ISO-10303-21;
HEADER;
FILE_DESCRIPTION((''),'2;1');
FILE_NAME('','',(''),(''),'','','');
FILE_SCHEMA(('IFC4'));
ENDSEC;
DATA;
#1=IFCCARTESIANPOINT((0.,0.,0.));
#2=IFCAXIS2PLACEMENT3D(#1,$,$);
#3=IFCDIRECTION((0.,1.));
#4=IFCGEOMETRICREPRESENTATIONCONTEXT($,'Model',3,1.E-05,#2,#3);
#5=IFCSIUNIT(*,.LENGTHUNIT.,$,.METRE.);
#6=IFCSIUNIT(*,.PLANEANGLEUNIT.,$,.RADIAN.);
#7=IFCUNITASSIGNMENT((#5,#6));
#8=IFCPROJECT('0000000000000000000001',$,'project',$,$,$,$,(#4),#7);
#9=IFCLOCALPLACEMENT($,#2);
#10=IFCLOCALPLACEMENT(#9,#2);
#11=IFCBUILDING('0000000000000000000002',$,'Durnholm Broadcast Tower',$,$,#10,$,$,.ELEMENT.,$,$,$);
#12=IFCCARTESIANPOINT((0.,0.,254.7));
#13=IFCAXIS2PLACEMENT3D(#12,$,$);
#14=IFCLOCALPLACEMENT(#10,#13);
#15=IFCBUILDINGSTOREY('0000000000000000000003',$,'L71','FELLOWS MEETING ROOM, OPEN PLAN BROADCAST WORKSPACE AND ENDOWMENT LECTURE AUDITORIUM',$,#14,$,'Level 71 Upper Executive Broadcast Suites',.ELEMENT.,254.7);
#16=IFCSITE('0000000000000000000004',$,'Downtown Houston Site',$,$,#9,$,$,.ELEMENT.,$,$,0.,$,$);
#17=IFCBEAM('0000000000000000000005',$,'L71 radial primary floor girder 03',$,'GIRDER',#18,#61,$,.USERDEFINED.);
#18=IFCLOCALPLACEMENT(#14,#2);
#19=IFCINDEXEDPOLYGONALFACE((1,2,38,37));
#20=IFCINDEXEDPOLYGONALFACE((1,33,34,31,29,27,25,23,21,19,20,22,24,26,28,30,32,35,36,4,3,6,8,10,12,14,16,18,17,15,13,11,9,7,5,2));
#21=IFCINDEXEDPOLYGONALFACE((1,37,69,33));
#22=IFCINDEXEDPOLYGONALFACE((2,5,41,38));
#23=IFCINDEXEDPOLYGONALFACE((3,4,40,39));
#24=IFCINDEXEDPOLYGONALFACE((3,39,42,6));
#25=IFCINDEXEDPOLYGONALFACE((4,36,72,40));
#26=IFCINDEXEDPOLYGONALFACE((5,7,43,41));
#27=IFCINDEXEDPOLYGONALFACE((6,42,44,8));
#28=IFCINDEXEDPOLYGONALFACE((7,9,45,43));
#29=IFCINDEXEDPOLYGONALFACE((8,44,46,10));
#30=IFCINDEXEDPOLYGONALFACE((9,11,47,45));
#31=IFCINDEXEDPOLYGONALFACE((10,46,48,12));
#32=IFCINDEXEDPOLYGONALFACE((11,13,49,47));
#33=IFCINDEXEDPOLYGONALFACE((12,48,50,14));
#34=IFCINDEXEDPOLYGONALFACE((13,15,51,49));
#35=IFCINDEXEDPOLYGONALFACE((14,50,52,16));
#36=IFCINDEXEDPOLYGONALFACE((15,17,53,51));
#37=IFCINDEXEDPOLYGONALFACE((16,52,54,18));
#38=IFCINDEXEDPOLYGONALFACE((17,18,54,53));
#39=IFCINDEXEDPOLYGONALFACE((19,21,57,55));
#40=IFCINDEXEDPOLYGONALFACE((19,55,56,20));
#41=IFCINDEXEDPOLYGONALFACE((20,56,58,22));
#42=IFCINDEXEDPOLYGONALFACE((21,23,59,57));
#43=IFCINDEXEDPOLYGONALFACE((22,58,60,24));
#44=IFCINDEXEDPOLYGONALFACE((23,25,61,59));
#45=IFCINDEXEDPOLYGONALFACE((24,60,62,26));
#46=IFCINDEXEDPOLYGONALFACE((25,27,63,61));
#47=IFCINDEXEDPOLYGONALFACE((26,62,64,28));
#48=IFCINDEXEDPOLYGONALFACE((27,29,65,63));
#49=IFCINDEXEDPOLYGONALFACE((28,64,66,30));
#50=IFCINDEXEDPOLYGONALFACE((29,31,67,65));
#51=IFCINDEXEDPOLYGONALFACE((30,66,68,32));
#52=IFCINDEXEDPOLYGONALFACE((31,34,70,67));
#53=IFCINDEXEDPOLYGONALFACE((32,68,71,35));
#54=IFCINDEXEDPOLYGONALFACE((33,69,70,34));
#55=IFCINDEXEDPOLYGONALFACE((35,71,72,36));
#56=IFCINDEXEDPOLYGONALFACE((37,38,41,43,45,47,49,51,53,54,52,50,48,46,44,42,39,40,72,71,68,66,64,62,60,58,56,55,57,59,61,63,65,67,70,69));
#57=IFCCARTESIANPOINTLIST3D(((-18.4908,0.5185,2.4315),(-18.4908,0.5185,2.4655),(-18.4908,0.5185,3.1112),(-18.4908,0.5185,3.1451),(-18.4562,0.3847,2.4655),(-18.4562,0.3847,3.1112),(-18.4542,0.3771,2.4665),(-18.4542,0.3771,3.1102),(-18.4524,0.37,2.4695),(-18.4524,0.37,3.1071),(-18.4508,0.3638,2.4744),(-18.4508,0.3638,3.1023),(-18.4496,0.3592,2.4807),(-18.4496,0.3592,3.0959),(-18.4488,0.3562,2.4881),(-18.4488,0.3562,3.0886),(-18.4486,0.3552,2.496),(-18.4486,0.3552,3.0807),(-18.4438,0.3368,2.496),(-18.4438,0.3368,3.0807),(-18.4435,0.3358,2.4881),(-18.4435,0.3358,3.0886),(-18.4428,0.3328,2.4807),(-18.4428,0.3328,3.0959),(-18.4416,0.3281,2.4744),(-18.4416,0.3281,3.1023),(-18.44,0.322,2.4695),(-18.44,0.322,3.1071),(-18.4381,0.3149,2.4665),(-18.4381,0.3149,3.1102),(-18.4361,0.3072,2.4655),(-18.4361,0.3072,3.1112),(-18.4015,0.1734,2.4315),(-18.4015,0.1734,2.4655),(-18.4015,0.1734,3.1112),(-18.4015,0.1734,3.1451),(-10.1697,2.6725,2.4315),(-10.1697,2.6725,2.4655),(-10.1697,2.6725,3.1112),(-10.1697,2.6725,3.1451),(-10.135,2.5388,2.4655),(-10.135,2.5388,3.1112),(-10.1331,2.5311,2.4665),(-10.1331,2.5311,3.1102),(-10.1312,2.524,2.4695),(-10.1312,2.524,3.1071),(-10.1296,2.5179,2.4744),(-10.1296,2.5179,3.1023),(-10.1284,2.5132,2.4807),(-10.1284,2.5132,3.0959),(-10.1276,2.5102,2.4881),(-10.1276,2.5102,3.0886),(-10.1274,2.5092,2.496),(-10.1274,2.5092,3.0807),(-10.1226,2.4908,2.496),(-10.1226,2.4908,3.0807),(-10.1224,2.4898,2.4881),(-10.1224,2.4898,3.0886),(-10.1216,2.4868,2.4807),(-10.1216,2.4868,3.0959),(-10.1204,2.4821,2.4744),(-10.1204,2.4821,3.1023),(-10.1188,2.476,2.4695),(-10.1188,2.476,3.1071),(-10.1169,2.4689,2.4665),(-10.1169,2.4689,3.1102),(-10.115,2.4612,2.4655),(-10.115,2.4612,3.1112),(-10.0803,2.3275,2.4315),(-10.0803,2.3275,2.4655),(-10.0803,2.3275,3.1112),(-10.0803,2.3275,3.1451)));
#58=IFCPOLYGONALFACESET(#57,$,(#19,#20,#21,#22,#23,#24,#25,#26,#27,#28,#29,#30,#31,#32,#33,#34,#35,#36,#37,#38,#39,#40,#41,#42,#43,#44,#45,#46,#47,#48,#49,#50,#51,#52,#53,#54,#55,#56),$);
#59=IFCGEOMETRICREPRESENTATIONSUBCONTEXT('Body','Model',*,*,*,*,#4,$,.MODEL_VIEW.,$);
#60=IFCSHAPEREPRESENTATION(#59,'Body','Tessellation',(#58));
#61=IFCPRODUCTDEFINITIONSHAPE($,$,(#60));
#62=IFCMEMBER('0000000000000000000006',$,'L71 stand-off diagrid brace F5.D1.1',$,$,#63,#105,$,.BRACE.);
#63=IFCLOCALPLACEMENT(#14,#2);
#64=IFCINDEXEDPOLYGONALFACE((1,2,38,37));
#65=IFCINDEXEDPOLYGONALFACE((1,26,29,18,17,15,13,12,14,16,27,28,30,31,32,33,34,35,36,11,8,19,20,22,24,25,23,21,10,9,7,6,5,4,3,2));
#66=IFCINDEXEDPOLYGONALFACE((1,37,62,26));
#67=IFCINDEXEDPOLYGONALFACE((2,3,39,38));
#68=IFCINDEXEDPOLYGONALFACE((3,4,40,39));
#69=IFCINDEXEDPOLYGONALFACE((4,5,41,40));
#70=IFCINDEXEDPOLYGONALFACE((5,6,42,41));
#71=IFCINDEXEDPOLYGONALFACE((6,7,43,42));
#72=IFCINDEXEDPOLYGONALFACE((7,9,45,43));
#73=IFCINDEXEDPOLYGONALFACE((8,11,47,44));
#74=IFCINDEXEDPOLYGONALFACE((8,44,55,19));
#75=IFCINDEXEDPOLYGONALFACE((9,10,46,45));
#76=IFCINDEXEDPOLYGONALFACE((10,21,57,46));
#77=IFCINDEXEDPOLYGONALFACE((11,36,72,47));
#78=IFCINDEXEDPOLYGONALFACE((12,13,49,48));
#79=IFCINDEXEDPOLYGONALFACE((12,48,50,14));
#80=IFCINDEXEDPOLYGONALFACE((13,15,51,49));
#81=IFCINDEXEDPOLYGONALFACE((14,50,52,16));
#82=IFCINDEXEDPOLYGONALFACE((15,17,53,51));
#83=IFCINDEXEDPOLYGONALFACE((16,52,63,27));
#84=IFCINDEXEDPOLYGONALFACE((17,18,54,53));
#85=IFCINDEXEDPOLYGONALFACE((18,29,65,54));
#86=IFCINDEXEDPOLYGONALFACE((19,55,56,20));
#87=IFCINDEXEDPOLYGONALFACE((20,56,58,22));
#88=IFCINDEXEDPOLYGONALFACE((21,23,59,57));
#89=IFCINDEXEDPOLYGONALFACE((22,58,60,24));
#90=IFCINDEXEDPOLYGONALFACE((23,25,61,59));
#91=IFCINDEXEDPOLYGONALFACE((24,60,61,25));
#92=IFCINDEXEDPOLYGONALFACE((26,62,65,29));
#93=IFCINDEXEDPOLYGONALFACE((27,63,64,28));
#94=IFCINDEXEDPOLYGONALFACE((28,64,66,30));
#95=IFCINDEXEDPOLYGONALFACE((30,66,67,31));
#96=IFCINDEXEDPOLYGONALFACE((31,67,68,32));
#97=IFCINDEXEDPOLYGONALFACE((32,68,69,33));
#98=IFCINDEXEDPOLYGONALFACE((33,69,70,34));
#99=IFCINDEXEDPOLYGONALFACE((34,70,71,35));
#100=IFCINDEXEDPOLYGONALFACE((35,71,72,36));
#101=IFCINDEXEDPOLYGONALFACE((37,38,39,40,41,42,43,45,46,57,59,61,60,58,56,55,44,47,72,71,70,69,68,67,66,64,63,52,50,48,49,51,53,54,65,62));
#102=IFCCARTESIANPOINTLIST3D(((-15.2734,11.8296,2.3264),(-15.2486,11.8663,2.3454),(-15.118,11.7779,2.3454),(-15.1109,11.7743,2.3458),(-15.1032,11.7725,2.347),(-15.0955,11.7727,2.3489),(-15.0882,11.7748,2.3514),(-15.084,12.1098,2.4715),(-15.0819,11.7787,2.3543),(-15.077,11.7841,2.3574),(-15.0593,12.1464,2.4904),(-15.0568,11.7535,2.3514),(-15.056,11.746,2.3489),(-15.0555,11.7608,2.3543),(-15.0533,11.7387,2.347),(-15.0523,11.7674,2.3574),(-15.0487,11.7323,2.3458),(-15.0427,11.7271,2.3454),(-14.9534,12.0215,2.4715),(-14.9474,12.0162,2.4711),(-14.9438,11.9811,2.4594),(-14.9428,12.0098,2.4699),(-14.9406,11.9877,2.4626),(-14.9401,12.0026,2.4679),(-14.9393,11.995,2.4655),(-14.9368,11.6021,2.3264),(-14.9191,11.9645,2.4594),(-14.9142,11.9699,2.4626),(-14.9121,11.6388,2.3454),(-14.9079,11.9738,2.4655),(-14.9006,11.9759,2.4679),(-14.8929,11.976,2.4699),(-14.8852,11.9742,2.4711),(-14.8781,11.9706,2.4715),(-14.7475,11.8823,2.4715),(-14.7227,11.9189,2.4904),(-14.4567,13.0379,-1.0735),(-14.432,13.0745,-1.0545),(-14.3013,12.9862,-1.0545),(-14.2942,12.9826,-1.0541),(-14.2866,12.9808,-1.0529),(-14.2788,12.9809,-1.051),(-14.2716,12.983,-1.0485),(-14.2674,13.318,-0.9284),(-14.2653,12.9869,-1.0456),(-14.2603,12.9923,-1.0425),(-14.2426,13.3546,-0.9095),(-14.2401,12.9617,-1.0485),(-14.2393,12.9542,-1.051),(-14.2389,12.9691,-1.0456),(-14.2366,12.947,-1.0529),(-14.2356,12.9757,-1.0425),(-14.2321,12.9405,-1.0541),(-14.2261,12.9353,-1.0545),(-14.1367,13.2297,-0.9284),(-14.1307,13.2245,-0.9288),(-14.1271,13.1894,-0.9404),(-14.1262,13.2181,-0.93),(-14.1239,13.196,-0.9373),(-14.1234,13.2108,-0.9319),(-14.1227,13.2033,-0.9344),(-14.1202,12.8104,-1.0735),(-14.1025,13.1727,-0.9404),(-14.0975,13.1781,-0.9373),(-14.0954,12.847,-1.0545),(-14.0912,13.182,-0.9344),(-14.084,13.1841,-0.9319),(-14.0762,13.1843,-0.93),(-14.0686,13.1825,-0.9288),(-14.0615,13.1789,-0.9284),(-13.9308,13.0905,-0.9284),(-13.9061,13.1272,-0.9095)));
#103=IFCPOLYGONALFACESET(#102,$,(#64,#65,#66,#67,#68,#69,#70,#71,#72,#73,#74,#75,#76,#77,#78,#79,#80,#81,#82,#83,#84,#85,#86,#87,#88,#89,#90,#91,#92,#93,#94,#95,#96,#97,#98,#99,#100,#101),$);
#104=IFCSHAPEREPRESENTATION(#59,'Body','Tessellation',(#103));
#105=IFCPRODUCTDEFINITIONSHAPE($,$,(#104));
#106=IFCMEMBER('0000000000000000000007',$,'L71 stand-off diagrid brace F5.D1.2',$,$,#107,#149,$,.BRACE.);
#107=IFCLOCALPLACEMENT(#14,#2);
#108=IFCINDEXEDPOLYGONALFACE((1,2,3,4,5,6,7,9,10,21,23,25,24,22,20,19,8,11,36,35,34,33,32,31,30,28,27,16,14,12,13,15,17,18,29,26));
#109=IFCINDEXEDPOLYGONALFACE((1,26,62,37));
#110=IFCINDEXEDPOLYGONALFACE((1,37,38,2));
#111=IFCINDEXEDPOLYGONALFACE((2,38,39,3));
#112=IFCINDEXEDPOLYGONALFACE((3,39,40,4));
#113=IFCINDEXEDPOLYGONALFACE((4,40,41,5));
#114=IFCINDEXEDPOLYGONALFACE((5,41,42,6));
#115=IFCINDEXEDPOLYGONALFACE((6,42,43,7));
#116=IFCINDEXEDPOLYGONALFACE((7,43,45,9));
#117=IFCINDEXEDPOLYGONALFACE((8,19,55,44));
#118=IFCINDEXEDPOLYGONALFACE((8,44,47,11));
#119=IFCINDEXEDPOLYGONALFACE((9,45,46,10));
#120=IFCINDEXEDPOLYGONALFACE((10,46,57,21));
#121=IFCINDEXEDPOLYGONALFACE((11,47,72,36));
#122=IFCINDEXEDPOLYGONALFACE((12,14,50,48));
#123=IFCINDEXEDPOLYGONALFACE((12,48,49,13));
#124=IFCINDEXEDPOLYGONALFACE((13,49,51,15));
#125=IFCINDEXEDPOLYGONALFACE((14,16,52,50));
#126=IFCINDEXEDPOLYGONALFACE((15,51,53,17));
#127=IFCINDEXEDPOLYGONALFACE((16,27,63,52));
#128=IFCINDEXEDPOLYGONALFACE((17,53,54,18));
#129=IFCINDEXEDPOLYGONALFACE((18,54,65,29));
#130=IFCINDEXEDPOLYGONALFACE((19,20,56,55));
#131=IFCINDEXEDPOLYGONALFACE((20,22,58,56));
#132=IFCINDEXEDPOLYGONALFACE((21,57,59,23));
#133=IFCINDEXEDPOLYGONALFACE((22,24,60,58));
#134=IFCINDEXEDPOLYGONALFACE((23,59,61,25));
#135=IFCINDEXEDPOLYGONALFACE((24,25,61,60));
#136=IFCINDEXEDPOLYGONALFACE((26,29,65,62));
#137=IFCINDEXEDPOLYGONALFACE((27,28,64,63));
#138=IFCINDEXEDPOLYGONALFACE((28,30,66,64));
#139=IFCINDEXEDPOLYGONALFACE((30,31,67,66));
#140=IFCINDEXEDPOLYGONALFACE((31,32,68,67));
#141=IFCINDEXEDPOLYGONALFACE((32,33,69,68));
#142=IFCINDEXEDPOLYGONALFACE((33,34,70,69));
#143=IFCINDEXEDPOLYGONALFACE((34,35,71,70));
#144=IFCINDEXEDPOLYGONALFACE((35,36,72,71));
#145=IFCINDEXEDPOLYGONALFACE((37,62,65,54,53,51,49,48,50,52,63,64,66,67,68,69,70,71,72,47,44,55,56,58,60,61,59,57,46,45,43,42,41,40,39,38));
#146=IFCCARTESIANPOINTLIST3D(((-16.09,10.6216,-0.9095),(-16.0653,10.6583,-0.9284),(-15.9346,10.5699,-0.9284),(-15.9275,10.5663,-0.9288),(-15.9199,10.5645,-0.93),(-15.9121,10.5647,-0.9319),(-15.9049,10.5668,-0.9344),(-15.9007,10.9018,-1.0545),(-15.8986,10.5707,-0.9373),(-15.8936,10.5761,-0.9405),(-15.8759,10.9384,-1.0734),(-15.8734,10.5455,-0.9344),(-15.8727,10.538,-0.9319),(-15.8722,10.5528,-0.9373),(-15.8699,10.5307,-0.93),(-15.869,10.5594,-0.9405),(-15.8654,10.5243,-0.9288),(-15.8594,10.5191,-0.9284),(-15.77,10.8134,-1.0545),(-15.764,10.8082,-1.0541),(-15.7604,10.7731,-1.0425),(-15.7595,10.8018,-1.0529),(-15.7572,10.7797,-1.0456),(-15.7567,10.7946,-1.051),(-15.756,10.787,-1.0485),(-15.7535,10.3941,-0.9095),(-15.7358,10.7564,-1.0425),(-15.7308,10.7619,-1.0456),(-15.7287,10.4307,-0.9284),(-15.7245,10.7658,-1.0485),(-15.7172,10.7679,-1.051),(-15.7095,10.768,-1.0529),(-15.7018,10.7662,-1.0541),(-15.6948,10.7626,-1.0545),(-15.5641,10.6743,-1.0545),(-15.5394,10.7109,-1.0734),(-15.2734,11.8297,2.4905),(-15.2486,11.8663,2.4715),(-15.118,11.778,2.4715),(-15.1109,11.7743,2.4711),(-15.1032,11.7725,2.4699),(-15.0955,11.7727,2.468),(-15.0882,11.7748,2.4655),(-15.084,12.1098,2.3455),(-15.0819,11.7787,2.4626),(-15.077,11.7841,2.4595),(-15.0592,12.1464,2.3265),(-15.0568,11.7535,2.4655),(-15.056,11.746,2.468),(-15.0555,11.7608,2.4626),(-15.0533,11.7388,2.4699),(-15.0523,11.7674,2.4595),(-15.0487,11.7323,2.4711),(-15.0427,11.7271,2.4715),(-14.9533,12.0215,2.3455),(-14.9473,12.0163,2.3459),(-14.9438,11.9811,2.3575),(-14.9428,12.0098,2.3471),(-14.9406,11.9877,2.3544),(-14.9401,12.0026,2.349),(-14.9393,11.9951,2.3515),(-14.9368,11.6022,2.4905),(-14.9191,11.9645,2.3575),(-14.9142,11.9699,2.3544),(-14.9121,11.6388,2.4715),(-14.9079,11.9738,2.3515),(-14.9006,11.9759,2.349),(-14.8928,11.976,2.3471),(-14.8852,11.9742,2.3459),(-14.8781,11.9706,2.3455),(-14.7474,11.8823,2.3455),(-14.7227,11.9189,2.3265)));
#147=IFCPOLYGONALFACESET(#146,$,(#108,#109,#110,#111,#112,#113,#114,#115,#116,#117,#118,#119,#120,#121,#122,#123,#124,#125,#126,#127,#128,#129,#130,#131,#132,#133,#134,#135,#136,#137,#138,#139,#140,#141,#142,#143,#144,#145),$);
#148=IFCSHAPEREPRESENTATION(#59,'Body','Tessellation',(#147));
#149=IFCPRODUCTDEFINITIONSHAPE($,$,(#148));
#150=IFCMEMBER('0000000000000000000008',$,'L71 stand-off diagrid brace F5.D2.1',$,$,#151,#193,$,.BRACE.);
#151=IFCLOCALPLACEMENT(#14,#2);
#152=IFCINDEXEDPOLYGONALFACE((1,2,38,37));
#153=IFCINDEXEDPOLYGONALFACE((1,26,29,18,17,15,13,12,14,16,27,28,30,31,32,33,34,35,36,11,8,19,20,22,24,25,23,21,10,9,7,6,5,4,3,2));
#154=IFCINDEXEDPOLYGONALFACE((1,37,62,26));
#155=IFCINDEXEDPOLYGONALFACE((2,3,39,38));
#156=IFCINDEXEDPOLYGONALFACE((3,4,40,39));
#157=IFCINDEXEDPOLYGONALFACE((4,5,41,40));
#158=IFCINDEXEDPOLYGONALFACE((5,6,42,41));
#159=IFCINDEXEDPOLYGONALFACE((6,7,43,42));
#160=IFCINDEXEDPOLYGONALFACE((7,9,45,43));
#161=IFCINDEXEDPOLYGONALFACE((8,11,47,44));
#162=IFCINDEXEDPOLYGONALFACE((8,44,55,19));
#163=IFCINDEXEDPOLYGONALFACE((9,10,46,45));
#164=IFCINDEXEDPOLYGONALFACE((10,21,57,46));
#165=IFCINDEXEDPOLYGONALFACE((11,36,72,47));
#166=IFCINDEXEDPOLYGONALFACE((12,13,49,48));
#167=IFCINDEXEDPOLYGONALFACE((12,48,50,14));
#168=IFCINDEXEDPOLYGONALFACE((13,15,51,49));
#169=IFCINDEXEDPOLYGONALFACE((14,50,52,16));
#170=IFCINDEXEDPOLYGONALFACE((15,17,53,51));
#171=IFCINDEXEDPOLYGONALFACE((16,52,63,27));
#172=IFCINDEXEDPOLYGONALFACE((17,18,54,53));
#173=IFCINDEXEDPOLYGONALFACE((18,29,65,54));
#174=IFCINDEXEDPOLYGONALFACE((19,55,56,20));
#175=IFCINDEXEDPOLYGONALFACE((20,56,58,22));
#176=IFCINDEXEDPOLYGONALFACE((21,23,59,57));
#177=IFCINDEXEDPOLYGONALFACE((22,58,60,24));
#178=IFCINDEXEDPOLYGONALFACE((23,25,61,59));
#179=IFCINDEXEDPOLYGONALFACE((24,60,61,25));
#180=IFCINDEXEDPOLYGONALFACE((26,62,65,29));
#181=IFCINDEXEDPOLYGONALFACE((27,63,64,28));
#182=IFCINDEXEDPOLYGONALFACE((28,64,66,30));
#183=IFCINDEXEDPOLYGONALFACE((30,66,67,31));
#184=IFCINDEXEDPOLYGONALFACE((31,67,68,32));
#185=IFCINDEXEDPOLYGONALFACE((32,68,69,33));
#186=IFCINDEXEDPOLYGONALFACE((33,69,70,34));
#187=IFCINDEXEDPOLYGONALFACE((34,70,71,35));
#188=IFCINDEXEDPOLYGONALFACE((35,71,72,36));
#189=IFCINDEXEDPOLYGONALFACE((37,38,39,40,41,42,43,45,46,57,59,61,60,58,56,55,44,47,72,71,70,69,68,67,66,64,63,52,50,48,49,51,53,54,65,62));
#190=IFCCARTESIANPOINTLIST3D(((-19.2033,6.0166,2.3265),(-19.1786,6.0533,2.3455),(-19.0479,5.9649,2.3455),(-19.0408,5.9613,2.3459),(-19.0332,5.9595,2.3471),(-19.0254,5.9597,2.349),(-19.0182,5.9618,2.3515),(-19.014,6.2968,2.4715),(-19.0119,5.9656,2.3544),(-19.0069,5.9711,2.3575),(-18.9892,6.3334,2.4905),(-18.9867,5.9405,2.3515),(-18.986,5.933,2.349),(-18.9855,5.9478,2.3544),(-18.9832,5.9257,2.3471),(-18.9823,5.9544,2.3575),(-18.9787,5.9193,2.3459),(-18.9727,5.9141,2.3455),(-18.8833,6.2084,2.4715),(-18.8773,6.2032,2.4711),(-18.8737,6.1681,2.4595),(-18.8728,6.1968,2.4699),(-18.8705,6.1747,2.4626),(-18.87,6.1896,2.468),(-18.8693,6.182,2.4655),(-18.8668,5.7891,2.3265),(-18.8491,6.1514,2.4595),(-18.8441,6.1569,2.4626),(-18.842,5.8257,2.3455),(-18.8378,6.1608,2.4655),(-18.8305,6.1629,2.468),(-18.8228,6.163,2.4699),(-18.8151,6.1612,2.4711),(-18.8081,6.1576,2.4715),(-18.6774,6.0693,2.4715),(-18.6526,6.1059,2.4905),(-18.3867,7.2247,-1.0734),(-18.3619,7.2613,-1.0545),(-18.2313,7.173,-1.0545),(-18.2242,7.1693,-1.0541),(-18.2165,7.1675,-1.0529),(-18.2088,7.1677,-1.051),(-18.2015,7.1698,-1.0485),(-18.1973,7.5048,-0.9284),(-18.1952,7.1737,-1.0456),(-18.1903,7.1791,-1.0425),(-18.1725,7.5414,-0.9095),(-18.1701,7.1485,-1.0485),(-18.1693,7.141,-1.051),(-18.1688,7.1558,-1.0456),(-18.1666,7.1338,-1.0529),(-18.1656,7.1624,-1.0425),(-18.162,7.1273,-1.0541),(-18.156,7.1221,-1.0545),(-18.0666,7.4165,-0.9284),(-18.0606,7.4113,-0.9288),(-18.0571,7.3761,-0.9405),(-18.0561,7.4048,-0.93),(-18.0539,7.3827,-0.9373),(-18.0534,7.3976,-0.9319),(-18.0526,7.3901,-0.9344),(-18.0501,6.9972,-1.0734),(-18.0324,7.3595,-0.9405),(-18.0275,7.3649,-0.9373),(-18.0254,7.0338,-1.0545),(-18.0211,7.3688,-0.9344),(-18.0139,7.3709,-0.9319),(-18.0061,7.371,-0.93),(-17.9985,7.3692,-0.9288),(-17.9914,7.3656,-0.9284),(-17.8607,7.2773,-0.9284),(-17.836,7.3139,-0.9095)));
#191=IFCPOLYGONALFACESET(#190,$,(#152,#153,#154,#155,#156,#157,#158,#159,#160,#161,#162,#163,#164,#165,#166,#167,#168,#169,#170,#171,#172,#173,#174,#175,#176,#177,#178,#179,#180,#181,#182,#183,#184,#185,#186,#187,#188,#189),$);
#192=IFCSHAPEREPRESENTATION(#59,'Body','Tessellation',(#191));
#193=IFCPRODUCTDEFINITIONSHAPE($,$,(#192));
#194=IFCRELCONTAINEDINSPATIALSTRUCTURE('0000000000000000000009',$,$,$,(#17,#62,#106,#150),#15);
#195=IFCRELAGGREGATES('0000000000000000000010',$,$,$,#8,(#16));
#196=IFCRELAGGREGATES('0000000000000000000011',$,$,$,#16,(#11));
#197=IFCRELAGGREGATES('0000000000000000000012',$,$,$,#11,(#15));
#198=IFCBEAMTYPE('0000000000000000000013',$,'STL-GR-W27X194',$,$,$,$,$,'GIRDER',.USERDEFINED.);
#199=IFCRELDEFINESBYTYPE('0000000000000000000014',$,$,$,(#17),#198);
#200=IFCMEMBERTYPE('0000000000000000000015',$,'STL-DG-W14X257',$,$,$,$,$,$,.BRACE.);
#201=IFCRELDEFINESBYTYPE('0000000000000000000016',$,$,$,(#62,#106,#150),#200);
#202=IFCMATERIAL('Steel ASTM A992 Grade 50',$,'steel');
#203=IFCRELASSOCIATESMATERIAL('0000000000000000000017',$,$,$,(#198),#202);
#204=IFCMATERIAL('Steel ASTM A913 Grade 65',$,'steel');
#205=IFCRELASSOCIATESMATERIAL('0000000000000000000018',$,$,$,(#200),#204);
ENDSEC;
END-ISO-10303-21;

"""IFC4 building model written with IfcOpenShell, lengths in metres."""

from ifc_helpers import new_model, si_unit, direction, frame, origin, origin_2d, place, context, subcontext, project, spatial, i_section, extrude, source, transform, mapped, material, material_profile, profile_set, type_object, type_shapes, element, save


model = new_model("IFC4")

# Units and contexts
model_context = context("Model", 3, precision=1e-05, world=origin(), true_north=direction((0.0, 1.0)))
body_context = subcontext(model_context, "Body", "Model", "MODEL_VIEW")
ifc_project = project(units=[si_unit("LENGTHUNIT", "METRE"), si_unit("PLANEANGLEUNIT", "RADIAN")], contexts=[model_context])

# Site, building, storey
site_placement = place(None, origin())
site = spatial("IfcSite", under=ifc_project, at=site_placement, Name="Downtown Houston Site", CompositionType="ELEMENT", RefElevation=0.0)
building_placement = place(site_placement, origin())
building = spatial("IfcBuilding", under=site, at=building_placement, Name="Durnholm Broadcast Tower", CompositionType="ELEMENT")
storey_placement = place(building_placement, frame((0.0, 0.0, 254.7)))
storey = spatial("IfcBuildingStorey", under=building, at=storey_placement, Name="L71", Description="FELLOWS MEETING ROOM, OPEN PLAN BROADCAST WORKSPACE AND ENDOWMENT LECTURE AUDITORIUM", LongName="Level 71 Upper Executive Broadcast Suites", CompositionType="ELEMENT", Elevation=254.7)

# Beam
ifc_material_1 = material(Name="Steel ASTM A992 Grade 50", Category="steel")
ifc_material_profile_1 = material_profile(ifc_material_1, i_section(OverallWidth=0.3564, OverallDepth=0.7136, WebThickness=0.019, FlangeThickness=0.0339, FilletRadius=0.0305, at=origin_2d()), Name="W27X194")
ifc_profile_set_1 = profile_set([ifc_material_profile_1], Name="Steel ASTM A992 Grade 50")
beam_type_1 = type_object("IfcBeamType", Name="STL-GR-W27X194", ElementType="GIRDER", PredefinedType="USERDEFINED", material=ifc_profile_set_1)
shared_shape_1 = source(origin(), body_context, "Body", "SweptSolid", [
    extrude(i_section(OverallWidth=0.3564, OverallDepth=0.7136, WebThickness=0.019, FlangeThickness=0.0339, FilletRadius=0.0305, at=origin_2d()), origin(), (0.0, 0.0, 1.0), 8.5955),
])
beam_1_placement = place(storey_placement, frame((-10.125, 2.5, 2.7883), z_axis=(-0.968091, -0.2506, 0.0), x_axis=(0.2506, -0.968091, 0.0)))
element("IfcBeam", 1, at=beam_1_placement, inside=storey, type_object=beam_type_1, Name="L71 radial primary floor girder 03", ObjectType="GIRDER", PredefinedType="USERDEFINED", context=body_context, shape_type="MappedRepresentation", body=[
    mapped(shared_shape_1, transform((0.0, 0.0, 0.0), x_axis=(1.0, 0.0, 0.0), y_axis=(0.0, 1.0, 0.0), z_axis=(0.0, 0.0, 1.0), scale=1.0)),
])

# Members
ifc_material_2 = material(Name="Steel ASTM A913 Grade 65", Category="steel")
ifc_material_profile_2 = material_profile(ifc_material_2, i_section(OverallWidth=0.4062, OverallDepth=0.416, WebThickness=0.0298, FlangeThickness=0.0481, FilletRadius=0.0305, at=origin_2d()), Name="W14X257")
ifc_profile_set_2 = profile_set([ifc_material_profile_2], Name="Steel ASTM A913 Grade 65")
member_type_1 = type_object("IfcMemberType", Name="STL-DG-W14X257", PredefinedType="BRACE", material=ifc_profile_set_2)
shared_shape_2 = source(origin(), body_context, "Body", "SweptSolid", [
    extrude(i_section(OverallWidth=0.4062, OverallDepth=0.416, WebThickness=0.0298, FlangeThickness=0.0481, FilletRadius=0.0305, at=origin_2d()), origin(), (0.0, 0.0, 1.0), 3.6995),
])
type_shapes(member_type_1, [shared_shape_2])
for number, where, z_axis, x_axis, name in (
    (2, (-14.1814, 13.0825, -0.9915), (-0.220748, -0.326601, 0.919023), (0.828505, -0.559982, 0.0), "L71 stand-off diagrid brace F5.D1.1"),
    (3, (-15.8147, 10.6663, -0.9915), (0.220752, 0.326542, 0.919042), (-0.828452, 0.560059, 0.0), "L71 stand-off diagrid brace F5.D1.2"),
    (4, (-18.1113, 7.2693, -0.9915), (-0.220752, -0.326542, 0.919042), (0.828452, -0.560059, 0.0), "L71 stand-off diagrid brace F5.D2.1"),
):
    element("IfcMember", number, at=place(storey_placement, frame(where, z_axis=z_axis, x_axis=x_axis)), inside=storey, type_object=member_type_1, Name=name, PredefinedType="BRACE", context=body_context, shape_type="MappedRepresentation", body=[
        mapped(shared_shape_2, transform((0.0, 0.0, 0.0), x_axis=(1.0, 0.0, 0.0), y_axis=(0.0, 1.0, 0.0), z_axis=(0.0, 0.0, 1.0), scale=1.0)),
    ])

save(model, "model.ifc")
